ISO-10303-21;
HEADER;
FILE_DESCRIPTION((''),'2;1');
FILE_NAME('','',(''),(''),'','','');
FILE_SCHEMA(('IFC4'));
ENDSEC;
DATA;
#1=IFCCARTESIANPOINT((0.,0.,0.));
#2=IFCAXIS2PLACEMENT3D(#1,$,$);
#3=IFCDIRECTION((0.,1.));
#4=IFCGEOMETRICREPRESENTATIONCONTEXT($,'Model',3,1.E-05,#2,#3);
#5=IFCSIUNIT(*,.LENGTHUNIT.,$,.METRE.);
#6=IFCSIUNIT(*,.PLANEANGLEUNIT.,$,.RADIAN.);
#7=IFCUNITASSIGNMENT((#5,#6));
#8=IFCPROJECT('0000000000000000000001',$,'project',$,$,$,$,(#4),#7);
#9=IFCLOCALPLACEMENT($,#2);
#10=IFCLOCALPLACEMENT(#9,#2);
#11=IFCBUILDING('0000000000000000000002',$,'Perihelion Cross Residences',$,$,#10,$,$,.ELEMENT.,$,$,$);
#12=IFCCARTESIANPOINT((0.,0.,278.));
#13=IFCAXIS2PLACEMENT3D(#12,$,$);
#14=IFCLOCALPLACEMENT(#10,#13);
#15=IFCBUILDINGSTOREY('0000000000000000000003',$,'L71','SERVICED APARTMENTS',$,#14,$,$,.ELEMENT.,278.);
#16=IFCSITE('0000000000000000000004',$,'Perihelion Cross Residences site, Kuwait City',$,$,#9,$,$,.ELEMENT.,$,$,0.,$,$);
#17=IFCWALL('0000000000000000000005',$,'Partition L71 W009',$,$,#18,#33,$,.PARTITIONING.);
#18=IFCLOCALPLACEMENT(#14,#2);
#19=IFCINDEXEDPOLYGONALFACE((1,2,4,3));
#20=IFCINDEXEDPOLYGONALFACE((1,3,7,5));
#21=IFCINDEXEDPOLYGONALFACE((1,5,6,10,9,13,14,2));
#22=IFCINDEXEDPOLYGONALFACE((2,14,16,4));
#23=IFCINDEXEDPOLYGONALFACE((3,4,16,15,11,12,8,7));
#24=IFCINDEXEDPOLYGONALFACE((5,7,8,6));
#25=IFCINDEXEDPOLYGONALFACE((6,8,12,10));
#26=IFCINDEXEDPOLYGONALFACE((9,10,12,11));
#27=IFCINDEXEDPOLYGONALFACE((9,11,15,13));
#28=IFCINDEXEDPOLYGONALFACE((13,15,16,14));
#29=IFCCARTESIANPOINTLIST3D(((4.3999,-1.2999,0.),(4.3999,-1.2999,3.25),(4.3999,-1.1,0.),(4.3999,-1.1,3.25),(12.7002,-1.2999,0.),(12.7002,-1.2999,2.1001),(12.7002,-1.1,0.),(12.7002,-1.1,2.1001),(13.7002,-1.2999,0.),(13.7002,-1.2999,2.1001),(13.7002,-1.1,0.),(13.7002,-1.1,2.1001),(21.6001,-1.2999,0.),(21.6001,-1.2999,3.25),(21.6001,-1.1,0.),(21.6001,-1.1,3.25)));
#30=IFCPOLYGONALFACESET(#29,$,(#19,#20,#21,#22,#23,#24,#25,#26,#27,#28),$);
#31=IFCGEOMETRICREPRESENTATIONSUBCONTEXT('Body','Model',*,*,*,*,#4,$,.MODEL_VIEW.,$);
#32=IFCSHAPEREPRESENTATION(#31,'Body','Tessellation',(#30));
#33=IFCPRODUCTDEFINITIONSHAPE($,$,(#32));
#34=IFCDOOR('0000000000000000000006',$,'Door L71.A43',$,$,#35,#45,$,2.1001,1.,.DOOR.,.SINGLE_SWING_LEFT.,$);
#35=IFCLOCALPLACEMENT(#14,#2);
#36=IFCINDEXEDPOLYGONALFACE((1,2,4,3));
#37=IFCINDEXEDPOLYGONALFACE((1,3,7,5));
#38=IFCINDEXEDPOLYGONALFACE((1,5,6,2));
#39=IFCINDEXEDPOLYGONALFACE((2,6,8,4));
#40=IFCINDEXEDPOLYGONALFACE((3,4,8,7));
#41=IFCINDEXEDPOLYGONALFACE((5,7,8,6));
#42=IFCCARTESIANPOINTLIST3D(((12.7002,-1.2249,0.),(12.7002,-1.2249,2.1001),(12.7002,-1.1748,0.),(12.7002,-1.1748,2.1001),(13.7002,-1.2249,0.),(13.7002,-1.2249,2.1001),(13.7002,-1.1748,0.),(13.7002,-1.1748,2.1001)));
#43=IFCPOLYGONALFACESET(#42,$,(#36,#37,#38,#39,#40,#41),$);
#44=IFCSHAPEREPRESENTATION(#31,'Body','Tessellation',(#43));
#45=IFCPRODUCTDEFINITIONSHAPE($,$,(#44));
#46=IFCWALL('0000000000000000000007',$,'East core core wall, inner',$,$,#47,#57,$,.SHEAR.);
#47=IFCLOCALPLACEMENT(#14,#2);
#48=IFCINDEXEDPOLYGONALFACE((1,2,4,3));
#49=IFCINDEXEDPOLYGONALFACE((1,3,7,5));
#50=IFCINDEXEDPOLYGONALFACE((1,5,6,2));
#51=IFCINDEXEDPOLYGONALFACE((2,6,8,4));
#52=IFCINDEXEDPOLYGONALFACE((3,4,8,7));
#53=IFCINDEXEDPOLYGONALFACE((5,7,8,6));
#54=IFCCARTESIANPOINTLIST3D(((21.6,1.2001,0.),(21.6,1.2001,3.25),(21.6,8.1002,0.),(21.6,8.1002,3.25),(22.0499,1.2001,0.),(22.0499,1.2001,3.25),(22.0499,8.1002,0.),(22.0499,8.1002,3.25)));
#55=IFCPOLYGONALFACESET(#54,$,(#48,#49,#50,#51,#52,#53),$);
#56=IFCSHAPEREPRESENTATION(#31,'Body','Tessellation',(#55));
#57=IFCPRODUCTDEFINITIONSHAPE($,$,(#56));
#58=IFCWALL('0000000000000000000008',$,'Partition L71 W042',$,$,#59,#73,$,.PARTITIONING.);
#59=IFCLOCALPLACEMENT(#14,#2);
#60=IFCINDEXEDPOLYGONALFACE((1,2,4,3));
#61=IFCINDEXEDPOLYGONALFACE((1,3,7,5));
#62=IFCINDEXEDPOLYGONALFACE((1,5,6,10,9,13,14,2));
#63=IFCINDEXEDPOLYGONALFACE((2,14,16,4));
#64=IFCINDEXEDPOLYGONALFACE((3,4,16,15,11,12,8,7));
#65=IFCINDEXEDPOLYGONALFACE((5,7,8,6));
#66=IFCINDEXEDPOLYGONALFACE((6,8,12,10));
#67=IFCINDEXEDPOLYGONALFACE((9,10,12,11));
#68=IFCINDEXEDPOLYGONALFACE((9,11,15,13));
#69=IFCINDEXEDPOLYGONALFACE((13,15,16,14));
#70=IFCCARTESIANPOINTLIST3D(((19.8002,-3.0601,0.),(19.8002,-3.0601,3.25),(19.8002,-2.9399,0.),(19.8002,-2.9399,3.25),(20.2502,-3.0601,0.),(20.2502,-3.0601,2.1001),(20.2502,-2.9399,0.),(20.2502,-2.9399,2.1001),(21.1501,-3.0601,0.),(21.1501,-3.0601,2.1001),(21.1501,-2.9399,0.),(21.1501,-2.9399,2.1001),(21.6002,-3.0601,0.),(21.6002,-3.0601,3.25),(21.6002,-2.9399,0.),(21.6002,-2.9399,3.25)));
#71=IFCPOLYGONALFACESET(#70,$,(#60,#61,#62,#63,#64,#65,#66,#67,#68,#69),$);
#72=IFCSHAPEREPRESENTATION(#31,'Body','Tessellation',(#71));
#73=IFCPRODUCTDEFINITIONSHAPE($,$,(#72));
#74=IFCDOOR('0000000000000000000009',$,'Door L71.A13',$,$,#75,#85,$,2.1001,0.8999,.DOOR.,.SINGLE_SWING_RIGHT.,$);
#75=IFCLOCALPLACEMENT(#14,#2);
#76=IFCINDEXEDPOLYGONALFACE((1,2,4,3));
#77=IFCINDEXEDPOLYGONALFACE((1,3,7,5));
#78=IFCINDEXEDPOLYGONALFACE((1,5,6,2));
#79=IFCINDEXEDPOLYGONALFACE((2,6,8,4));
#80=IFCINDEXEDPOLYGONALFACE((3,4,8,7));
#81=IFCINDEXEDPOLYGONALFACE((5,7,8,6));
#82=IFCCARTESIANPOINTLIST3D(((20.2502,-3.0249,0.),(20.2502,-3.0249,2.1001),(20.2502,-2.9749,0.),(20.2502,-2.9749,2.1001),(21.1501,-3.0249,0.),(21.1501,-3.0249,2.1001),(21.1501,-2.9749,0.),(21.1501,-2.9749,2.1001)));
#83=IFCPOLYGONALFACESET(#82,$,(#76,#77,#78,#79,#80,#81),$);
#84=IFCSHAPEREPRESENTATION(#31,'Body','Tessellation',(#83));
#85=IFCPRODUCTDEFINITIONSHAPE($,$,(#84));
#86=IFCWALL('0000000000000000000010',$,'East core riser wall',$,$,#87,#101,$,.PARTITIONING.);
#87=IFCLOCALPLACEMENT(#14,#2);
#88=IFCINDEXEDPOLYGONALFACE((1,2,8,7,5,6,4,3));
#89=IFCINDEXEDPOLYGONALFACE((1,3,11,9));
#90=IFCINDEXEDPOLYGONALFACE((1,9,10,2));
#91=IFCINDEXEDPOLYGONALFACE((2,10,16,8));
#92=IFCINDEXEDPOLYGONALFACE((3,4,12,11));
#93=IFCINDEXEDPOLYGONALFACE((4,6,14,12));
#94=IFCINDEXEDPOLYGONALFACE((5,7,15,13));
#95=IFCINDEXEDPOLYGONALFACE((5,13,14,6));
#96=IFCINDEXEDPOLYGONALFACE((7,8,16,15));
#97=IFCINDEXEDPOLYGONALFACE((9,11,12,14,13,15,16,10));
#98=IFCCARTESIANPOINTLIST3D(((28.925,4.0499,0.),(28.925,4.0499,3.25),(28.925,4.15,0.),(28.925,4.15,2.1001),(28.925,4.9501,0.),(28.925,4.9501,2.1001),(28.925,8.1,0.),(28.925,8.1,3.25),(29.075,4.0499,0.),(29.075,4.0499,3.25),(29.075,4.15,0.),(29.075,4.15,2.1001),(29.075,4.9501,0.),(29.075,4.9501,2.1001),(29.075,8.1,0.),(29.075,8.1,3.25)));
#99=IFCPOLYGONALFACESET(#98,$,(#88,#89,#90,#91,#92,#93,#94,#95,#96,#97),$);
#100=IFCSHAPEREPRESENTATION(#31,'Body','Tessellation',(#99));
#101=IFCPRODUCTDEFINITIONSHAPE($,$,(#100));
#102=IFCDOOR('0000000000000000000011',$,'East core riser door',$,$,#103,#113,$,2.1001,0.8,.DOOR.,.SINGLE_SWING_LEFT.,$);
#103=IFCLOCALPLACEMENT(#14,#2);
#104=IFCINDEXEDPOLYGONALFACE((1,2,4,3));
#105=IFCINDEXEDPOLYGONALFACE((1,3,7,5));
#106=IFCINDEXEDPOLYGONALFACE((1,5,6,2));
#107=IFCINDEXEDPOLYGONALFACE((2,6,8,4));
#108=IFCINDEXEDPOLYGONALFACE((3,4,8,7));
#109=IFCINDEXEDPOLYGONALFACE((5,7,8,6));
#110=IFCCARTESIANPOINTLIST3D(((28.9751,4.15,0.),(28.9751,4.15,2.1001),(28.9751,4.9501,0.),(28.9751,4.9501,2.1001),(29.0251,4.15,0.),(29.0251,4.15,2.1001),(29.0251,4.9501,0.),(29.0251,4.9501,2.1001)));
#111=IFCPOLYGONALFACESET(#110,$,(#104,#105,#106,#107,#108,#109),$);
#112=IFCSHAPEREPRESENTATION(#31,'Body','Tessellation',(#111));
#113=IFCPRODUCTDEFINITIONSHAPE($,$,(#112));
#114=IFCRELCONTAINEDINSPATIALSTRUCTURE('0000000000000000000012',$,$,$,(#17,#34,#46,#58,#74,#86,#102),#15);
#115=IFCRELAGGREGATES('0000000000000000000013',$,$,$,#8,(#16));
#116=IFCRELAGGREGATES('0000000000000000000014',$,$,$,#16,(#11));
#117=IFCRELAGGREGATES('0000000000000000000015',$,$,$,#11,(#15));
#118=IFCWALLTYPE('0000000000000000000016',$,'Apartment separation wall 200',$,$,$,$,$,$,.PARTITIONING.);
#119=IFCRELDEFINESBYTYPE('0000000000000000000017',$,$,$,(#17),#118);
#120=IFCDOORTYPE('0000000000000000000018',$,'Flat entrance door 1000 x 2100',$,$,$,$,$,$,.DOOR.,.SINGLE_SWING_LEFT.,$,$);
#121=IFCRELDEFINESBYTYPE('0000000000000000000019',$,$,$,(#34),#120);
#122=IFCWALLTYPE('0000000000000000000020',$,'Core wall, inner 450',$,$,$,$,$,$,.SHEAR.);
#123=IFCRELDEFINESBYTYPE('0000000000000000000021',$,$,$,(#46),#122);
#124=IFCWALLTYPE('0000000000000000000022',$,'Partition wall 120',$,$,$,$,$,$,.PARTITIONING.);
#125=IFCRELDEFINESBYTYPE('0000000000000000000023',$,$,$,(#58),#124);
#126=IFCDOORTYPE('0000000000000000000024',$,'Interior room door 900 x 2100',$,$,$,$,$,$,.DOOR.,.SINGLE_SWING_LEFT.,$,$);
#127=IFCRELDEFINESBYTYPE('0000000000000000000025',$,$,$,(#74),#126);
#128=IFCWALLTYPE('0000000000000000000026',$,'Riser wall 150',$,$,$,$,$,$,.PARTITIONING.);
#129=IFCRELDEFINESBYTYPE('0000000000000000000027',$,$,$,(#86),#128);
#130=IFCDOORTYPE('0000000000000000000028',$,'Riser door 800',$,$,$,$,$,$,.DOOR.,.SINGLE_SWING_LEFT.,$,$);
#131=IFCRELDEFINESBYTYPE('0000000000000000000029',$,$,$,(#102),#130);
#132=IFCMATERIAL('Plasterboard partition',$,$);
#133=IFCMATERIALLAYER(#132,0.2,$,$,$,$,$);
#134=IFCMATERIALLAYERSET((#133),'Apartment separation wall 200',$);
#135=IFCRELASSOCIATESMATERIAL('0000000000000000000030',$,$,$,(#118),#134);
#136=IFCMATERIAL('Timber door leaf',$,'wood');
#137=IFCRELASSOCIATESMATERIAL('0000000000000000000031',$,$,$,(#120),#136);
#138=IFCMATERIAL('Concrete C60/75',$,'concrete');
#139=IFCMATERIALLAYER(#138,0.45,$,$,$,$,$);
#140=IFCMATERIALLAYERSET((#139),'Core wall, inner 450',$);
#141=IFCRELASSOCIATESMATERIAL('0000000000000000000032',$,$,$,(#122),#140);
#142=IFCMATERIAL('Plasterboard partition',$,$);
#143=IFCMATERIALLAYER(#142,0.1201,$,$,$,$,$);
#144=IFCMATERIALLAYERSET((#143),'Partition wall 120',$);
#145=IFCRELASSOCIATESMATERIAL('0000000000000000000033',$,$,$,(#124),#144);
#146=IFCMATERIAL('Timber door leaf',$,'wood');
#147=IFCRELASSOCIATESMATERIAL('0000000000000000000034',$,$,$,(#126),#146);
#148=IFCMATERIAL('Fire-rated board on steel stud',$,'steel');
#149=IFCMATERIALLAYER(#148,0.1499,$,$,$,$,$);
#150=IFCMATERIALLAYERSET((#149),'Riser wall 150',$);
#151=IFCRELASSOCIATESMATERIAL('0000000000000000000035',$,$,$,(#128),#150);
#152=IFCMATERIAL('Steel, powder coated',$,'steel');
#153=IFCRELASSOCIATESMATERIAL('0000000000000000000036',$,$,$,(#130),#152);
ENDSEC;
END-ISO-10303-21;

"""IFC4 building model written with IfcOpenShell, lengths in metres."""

from ifc_helpers import new_model, si_unit, direction, frame, frame_2d, origin, place, context, subcontext, project, spatial, rectangle, extrude, material, layer, layer_set, type_object, element, fill, save


model = new_model("IFC4")

# Units and contexts
model_context = context("Model", 3, precision=1e-05, world=origin(), true_north=direction((0.0, 1.0)))
body_context = subcontext(model_context, "Body", "Model", "MODEL_VIEW")
ifc_project = project(units=[si_unit("LENGTHUNIT", "METRE"), si_unit("PLANEANGLEUNIT", "RADIAN")], contexts=[model_context])

# Site, building, storey
site_placement = place(None, origin())
site = spatial("IfcSite", under=ifc_project, at=site_placement, Name="Perihelion Cross Residences site, Kuwait City", CompositionType="ELEMENT", RefElevation=0.0)
building_placement = place(site_placement, origin())
building = spatial("IfcBuilding", under=site, at=building_placement, Name="Perihelion Cross Residences", CompositionType="ELEMENT")
storey_placement = place(building_placement, frame((0.0, 0.0, 278.0)))
storey = spatial("IfcBuildingStorey", under=building, at=storey_placement, Name="L71", Description="SERVICED APARTMENTS", CompositionType="ELEMENT", Elevation=278.0)

# Wall, opening, door
ifc_material_1 = material(Name="Plasterboard partition")
ifc_layer_1 = layer(ifc_material_1, 0.2)
ifc_layer_set_1 = layer_set([ifc_layer_1], Name="Apartment separation wall 200")
wall_type_1 = type_object("IfcWallType", Name="Apartment separation wall 200", PredefinedType="PARTITIONING", material=ifc_layer_set_1)
wall_1_placement = place(storey_placement, frame((21.6001, -1.2, 0.0), z_axis=(0.0, 0.0, 1.0), x_axis=(-1.0, 0.0, 0.0)))
wall_1 = element("IfcWall", 1, at=wall_1_placement, inside=storey, type_object=wall_type_1, Name="Partition L71 W009", PredefinedType="PARTITIONING", context=body_context, shape_type="SweptSolid", body=[
    extrude(rectangle(XDim=17.2002, YDim=0.2, at=frame_2d((8.6001, 0.0))), origin(), (0.0, 0.0, 1.0), 3.25),
])
opening_1_placement = place(wall_1_placement, frame((7.8999, 0.0, 0.0)))
opening_1 = element("IfcOpeningElement", 2, at=opening_1_placement, cuts=wall_1, PredefinedType="OPENING", context=body_context, shape_type="SweptSolid", body=[
    extrude(rectangle(XDim=1.0, YDim=2.1001, at=frame_2d((0.5, 1.05))), frame((0.0, 0.1099, 0.0), z_axis=(0.0, -1.0, 0.0), x_axis=(1.0, 0.0, 0.0)), (0.0, 0.0, 1.0), 0.22),
])
ifc_material_2 = material(Name="Timber door leaf", Category="wood")
door_type_1 = type_object("IfcDoorType", Name="Flat entrance door 1000 x 2100", OperationType="SINGLE_SWING_LEFT", PredefinedType="DOOR", material=ifc_material_2)
door_1_placement = place(opening_1_placement, origin())
door_1 = element("IfcDoor", 3, at=door_1_placement, inside=storey, type_object=door_type_1, Name="Door L71.A43", OperationType="SINGLE_SWING_LEFT", OverallHeight=2.1001, OverallWidth=1.0, PredefinedType="DOOR", context=body_context, shape_type="SweptSolid", body=[
    extrude(rectangle(XDim=1.0, YDim=2.1001, at=frame_2d((0.5, 1.05))), frame((0.0, 0.0249, 0.0), z_axis=(0.0, -1.0, 0.0), x_axis=(1.0, 0.0, 0.0)), (0.0, 0.0, 1.0), 0.05),
])
fill(opening_1, door_1)

# Wall
ifc_material_3 = material(Name="Concrete C60/75", Category="concrete")
ifc_layer_2 = layer(ifc_material_3, 0.45)
ifc_layer_set_2 = layer_set([ifc_layer_2], Name="Core wall, inner 450")
wall_type_2 = type_object("IfcWallType", Name="Core wall, inner 450", PredefinedType="SHEAR", material=ifc_layer_set_2)
wall_2_placement = place(storey_placement, frame((21.825, 1.2, 0.0), z_axis=(0.0, 0.0, 1.0), x_axis=(0.0, 1.0, 0.0)))
element("IfcWall", 4, at=wall_2_placement, inside=storey, type_object=wall_type_2, Name="East core core wall, inner", PredefinedType="SHEAR", context=body_context, shape_type="SweptSolid", body=[
    extrude(rectangle(XDim=6.9001, YDim=0.45, at=frame_2d((3.4502, 0.0))), origin(), (0.0, 0.0, 1.0), 3.25),
])

# Walls, openings, doors
ifc_material_4 = material(Name="Plasterboard partition")
ifc_layer_3 = layer(ifc_material_4, 0.1201)
ifc_layer_set_3 = layer_set([ifc_layer_3], Name="Partition wall 120")
wall_type_3 = type_object("IfcWallType", Name="Partition wall 120", PredefinedType="PARTITIONING", material=ifc_layer_set_3)
wall_3_placement = place(storey_placement, frame((21.6001, -3.0, 0.0), z_axis=(0.0, 0.0, 1.0), x_axis=(-1.0, 0.0, 0.0)))
wall_3 = element("IfcWall", 5, at=wall_3_placement, inside=storey, type_object=wall_type_3, Name="Partition L71 W042", PredefinedType="PARTITIONING", context=body_context, shape_type="SweptSolid", body=[
    extrude(rectangle(XDim=1.8, YDim=0.1201, at=frame_2d((0.8999, 0.0))), origin(), (0.0, 0.0, 1.0), 3.25),
])
opening_2_placement = place(wall_3_placement, frame((0.45, 0.0, 0.0)))
opening_2 = element("IfcOpeningElement", 6, at=opening_2_placement, cuts=wall_3, PredefinedType="OPENING", context=body_context, shape_type="SweptSolid", body=[
    extrude(rectangle(XDim=0.8999, YDim=2.1001, at=frame_2d((0.45, 1.05))), frame((0.0, 0.0701, 0.0), z_axis=(0.0, -1.0, 0.0), x_axis=(1.0, 0.0, 0.0)), (0.0, 0.0, 1.0), 0.1401),
])
ifc_material_5 = material(Name="Timber door leaf", Category="wood")
door_type_2 = type_object("IfcDoorType", Name="Interior room door 900 x 2100", OperationType="SINGLE_SWING_LEFT", PredefinedType="DOOR", material=ifc_material_5)
door_2_placement = place(opening_2_placement, origin())
door_2 = element("IfcDoor", 7, at=door_2_placement, inside=storey, type_object=door_type_2, Name="Door L71.A13", OperationType="SINGLE_SWING_RIGHT", OverallHeight=2.1001, OverallWidth=0.8999, PredefinedType="DOOR", context=body_context, shape_type="SweptSolid", body=[
    extrude(rectangle(XDim=0.8999, YDim=2.1001, at=frame_2d((0.45, 1.05))), frame((0.0, 0.0249, 0.0), z_axis=(0.0, -1.0, 0.0), x_axis=(1.0, 0.0, 0.0)), (0.0, 0.0, 1.0), 0.05),
])
fill(opening_2, door_2)
ifc_material_6 = material(Name="Fire-rated board on steel stud", Category="steel")
ifc_layer_4 = layer(ifc_material_6, 0.1499)
ifc_layer_set_4 = layer_set([ifc_layer_4], Name="Riser wall 150")
wall_type_4 = type_object("IfcWallType", Name="Riser wall 150", PredefinedType="PARTITIONING", material=ifc_layer_set_4)
wall_4_placement = place(storey_placement, frame((29.0, 4.05, 0.0), z_axis=(0.0, 0.0, 1.0), x_axis=(0.0, 1.0, 0.0)))
wall_4 = element("IfcWall", 8, at=wall_4_placement, inside=storey, type_object=wall_type_4, Name="East core riser wall", PredefinedType="PARTITIONING", context=body_context, shape_type="SweptSolid", body=[
    extrude(rectangle(XDim=4.05, YDim=0.1499, at=frame_2d((2.0249, 0.0))), origin(), (0.0, 0.0, 1.0), 3.25),
])
opening_3_placement = place(wall_4_placement, frame((0.1001, 0.0, 0.0)))
opening_3 = element("IfcOpeningElement", 9, at=opening_3_placement, cuts=wall_4, PredefinedType="OPENING", context=body_context, shape_type="SweptSolid", body=[
    extrude(rectangle(XDim=0.8, YDim=2.1001, at=frame_2d((0.3999, 1.05))), frame((0.0, 0.085, 0.0), z_axis=(0.0, -1.0, 0.0), x_axis=(1.0, 0.0, 0.0)), (0.0, 0.0, 1.0), 0.1699),
])
ifc_material_7 = material(Name="Steel, powder coated", Category="steel")
door_type_3 = type_object("IfcDoorType", Name="Riser door 800", OperationType="SINGLE_SWING_LEFT", PredefinedType="DOOR", material=ifc_material_7)
door_3_placement = place(opening_3_placement, origin())
door_3 = element("IfcDoor", 10, at=door_3_placement, inside=storey, type_object=door_type_3, Name="East core riser door", OperationType="SINGLE_SWING_LEFT", OverallHeight=2.1001, OverallWidth=0.8, PredefinedType="DOOR", context=body_context, shape_type="SweptSolid", body=[
    extrude(rectangle(XDim=0.8, YDim=2.1001, at=frame_2d((0.3999, 1.05))), frame((0.0, 0.0249, 0.0), z_axis=(0.0, -1.0, 0.0), x_axis=(1.0, 0.0, 0.0)), (0.0, 0.0, 1.0), 0.05),
])
fill(opening_3, door_3)

save(model, "model.ifc")
